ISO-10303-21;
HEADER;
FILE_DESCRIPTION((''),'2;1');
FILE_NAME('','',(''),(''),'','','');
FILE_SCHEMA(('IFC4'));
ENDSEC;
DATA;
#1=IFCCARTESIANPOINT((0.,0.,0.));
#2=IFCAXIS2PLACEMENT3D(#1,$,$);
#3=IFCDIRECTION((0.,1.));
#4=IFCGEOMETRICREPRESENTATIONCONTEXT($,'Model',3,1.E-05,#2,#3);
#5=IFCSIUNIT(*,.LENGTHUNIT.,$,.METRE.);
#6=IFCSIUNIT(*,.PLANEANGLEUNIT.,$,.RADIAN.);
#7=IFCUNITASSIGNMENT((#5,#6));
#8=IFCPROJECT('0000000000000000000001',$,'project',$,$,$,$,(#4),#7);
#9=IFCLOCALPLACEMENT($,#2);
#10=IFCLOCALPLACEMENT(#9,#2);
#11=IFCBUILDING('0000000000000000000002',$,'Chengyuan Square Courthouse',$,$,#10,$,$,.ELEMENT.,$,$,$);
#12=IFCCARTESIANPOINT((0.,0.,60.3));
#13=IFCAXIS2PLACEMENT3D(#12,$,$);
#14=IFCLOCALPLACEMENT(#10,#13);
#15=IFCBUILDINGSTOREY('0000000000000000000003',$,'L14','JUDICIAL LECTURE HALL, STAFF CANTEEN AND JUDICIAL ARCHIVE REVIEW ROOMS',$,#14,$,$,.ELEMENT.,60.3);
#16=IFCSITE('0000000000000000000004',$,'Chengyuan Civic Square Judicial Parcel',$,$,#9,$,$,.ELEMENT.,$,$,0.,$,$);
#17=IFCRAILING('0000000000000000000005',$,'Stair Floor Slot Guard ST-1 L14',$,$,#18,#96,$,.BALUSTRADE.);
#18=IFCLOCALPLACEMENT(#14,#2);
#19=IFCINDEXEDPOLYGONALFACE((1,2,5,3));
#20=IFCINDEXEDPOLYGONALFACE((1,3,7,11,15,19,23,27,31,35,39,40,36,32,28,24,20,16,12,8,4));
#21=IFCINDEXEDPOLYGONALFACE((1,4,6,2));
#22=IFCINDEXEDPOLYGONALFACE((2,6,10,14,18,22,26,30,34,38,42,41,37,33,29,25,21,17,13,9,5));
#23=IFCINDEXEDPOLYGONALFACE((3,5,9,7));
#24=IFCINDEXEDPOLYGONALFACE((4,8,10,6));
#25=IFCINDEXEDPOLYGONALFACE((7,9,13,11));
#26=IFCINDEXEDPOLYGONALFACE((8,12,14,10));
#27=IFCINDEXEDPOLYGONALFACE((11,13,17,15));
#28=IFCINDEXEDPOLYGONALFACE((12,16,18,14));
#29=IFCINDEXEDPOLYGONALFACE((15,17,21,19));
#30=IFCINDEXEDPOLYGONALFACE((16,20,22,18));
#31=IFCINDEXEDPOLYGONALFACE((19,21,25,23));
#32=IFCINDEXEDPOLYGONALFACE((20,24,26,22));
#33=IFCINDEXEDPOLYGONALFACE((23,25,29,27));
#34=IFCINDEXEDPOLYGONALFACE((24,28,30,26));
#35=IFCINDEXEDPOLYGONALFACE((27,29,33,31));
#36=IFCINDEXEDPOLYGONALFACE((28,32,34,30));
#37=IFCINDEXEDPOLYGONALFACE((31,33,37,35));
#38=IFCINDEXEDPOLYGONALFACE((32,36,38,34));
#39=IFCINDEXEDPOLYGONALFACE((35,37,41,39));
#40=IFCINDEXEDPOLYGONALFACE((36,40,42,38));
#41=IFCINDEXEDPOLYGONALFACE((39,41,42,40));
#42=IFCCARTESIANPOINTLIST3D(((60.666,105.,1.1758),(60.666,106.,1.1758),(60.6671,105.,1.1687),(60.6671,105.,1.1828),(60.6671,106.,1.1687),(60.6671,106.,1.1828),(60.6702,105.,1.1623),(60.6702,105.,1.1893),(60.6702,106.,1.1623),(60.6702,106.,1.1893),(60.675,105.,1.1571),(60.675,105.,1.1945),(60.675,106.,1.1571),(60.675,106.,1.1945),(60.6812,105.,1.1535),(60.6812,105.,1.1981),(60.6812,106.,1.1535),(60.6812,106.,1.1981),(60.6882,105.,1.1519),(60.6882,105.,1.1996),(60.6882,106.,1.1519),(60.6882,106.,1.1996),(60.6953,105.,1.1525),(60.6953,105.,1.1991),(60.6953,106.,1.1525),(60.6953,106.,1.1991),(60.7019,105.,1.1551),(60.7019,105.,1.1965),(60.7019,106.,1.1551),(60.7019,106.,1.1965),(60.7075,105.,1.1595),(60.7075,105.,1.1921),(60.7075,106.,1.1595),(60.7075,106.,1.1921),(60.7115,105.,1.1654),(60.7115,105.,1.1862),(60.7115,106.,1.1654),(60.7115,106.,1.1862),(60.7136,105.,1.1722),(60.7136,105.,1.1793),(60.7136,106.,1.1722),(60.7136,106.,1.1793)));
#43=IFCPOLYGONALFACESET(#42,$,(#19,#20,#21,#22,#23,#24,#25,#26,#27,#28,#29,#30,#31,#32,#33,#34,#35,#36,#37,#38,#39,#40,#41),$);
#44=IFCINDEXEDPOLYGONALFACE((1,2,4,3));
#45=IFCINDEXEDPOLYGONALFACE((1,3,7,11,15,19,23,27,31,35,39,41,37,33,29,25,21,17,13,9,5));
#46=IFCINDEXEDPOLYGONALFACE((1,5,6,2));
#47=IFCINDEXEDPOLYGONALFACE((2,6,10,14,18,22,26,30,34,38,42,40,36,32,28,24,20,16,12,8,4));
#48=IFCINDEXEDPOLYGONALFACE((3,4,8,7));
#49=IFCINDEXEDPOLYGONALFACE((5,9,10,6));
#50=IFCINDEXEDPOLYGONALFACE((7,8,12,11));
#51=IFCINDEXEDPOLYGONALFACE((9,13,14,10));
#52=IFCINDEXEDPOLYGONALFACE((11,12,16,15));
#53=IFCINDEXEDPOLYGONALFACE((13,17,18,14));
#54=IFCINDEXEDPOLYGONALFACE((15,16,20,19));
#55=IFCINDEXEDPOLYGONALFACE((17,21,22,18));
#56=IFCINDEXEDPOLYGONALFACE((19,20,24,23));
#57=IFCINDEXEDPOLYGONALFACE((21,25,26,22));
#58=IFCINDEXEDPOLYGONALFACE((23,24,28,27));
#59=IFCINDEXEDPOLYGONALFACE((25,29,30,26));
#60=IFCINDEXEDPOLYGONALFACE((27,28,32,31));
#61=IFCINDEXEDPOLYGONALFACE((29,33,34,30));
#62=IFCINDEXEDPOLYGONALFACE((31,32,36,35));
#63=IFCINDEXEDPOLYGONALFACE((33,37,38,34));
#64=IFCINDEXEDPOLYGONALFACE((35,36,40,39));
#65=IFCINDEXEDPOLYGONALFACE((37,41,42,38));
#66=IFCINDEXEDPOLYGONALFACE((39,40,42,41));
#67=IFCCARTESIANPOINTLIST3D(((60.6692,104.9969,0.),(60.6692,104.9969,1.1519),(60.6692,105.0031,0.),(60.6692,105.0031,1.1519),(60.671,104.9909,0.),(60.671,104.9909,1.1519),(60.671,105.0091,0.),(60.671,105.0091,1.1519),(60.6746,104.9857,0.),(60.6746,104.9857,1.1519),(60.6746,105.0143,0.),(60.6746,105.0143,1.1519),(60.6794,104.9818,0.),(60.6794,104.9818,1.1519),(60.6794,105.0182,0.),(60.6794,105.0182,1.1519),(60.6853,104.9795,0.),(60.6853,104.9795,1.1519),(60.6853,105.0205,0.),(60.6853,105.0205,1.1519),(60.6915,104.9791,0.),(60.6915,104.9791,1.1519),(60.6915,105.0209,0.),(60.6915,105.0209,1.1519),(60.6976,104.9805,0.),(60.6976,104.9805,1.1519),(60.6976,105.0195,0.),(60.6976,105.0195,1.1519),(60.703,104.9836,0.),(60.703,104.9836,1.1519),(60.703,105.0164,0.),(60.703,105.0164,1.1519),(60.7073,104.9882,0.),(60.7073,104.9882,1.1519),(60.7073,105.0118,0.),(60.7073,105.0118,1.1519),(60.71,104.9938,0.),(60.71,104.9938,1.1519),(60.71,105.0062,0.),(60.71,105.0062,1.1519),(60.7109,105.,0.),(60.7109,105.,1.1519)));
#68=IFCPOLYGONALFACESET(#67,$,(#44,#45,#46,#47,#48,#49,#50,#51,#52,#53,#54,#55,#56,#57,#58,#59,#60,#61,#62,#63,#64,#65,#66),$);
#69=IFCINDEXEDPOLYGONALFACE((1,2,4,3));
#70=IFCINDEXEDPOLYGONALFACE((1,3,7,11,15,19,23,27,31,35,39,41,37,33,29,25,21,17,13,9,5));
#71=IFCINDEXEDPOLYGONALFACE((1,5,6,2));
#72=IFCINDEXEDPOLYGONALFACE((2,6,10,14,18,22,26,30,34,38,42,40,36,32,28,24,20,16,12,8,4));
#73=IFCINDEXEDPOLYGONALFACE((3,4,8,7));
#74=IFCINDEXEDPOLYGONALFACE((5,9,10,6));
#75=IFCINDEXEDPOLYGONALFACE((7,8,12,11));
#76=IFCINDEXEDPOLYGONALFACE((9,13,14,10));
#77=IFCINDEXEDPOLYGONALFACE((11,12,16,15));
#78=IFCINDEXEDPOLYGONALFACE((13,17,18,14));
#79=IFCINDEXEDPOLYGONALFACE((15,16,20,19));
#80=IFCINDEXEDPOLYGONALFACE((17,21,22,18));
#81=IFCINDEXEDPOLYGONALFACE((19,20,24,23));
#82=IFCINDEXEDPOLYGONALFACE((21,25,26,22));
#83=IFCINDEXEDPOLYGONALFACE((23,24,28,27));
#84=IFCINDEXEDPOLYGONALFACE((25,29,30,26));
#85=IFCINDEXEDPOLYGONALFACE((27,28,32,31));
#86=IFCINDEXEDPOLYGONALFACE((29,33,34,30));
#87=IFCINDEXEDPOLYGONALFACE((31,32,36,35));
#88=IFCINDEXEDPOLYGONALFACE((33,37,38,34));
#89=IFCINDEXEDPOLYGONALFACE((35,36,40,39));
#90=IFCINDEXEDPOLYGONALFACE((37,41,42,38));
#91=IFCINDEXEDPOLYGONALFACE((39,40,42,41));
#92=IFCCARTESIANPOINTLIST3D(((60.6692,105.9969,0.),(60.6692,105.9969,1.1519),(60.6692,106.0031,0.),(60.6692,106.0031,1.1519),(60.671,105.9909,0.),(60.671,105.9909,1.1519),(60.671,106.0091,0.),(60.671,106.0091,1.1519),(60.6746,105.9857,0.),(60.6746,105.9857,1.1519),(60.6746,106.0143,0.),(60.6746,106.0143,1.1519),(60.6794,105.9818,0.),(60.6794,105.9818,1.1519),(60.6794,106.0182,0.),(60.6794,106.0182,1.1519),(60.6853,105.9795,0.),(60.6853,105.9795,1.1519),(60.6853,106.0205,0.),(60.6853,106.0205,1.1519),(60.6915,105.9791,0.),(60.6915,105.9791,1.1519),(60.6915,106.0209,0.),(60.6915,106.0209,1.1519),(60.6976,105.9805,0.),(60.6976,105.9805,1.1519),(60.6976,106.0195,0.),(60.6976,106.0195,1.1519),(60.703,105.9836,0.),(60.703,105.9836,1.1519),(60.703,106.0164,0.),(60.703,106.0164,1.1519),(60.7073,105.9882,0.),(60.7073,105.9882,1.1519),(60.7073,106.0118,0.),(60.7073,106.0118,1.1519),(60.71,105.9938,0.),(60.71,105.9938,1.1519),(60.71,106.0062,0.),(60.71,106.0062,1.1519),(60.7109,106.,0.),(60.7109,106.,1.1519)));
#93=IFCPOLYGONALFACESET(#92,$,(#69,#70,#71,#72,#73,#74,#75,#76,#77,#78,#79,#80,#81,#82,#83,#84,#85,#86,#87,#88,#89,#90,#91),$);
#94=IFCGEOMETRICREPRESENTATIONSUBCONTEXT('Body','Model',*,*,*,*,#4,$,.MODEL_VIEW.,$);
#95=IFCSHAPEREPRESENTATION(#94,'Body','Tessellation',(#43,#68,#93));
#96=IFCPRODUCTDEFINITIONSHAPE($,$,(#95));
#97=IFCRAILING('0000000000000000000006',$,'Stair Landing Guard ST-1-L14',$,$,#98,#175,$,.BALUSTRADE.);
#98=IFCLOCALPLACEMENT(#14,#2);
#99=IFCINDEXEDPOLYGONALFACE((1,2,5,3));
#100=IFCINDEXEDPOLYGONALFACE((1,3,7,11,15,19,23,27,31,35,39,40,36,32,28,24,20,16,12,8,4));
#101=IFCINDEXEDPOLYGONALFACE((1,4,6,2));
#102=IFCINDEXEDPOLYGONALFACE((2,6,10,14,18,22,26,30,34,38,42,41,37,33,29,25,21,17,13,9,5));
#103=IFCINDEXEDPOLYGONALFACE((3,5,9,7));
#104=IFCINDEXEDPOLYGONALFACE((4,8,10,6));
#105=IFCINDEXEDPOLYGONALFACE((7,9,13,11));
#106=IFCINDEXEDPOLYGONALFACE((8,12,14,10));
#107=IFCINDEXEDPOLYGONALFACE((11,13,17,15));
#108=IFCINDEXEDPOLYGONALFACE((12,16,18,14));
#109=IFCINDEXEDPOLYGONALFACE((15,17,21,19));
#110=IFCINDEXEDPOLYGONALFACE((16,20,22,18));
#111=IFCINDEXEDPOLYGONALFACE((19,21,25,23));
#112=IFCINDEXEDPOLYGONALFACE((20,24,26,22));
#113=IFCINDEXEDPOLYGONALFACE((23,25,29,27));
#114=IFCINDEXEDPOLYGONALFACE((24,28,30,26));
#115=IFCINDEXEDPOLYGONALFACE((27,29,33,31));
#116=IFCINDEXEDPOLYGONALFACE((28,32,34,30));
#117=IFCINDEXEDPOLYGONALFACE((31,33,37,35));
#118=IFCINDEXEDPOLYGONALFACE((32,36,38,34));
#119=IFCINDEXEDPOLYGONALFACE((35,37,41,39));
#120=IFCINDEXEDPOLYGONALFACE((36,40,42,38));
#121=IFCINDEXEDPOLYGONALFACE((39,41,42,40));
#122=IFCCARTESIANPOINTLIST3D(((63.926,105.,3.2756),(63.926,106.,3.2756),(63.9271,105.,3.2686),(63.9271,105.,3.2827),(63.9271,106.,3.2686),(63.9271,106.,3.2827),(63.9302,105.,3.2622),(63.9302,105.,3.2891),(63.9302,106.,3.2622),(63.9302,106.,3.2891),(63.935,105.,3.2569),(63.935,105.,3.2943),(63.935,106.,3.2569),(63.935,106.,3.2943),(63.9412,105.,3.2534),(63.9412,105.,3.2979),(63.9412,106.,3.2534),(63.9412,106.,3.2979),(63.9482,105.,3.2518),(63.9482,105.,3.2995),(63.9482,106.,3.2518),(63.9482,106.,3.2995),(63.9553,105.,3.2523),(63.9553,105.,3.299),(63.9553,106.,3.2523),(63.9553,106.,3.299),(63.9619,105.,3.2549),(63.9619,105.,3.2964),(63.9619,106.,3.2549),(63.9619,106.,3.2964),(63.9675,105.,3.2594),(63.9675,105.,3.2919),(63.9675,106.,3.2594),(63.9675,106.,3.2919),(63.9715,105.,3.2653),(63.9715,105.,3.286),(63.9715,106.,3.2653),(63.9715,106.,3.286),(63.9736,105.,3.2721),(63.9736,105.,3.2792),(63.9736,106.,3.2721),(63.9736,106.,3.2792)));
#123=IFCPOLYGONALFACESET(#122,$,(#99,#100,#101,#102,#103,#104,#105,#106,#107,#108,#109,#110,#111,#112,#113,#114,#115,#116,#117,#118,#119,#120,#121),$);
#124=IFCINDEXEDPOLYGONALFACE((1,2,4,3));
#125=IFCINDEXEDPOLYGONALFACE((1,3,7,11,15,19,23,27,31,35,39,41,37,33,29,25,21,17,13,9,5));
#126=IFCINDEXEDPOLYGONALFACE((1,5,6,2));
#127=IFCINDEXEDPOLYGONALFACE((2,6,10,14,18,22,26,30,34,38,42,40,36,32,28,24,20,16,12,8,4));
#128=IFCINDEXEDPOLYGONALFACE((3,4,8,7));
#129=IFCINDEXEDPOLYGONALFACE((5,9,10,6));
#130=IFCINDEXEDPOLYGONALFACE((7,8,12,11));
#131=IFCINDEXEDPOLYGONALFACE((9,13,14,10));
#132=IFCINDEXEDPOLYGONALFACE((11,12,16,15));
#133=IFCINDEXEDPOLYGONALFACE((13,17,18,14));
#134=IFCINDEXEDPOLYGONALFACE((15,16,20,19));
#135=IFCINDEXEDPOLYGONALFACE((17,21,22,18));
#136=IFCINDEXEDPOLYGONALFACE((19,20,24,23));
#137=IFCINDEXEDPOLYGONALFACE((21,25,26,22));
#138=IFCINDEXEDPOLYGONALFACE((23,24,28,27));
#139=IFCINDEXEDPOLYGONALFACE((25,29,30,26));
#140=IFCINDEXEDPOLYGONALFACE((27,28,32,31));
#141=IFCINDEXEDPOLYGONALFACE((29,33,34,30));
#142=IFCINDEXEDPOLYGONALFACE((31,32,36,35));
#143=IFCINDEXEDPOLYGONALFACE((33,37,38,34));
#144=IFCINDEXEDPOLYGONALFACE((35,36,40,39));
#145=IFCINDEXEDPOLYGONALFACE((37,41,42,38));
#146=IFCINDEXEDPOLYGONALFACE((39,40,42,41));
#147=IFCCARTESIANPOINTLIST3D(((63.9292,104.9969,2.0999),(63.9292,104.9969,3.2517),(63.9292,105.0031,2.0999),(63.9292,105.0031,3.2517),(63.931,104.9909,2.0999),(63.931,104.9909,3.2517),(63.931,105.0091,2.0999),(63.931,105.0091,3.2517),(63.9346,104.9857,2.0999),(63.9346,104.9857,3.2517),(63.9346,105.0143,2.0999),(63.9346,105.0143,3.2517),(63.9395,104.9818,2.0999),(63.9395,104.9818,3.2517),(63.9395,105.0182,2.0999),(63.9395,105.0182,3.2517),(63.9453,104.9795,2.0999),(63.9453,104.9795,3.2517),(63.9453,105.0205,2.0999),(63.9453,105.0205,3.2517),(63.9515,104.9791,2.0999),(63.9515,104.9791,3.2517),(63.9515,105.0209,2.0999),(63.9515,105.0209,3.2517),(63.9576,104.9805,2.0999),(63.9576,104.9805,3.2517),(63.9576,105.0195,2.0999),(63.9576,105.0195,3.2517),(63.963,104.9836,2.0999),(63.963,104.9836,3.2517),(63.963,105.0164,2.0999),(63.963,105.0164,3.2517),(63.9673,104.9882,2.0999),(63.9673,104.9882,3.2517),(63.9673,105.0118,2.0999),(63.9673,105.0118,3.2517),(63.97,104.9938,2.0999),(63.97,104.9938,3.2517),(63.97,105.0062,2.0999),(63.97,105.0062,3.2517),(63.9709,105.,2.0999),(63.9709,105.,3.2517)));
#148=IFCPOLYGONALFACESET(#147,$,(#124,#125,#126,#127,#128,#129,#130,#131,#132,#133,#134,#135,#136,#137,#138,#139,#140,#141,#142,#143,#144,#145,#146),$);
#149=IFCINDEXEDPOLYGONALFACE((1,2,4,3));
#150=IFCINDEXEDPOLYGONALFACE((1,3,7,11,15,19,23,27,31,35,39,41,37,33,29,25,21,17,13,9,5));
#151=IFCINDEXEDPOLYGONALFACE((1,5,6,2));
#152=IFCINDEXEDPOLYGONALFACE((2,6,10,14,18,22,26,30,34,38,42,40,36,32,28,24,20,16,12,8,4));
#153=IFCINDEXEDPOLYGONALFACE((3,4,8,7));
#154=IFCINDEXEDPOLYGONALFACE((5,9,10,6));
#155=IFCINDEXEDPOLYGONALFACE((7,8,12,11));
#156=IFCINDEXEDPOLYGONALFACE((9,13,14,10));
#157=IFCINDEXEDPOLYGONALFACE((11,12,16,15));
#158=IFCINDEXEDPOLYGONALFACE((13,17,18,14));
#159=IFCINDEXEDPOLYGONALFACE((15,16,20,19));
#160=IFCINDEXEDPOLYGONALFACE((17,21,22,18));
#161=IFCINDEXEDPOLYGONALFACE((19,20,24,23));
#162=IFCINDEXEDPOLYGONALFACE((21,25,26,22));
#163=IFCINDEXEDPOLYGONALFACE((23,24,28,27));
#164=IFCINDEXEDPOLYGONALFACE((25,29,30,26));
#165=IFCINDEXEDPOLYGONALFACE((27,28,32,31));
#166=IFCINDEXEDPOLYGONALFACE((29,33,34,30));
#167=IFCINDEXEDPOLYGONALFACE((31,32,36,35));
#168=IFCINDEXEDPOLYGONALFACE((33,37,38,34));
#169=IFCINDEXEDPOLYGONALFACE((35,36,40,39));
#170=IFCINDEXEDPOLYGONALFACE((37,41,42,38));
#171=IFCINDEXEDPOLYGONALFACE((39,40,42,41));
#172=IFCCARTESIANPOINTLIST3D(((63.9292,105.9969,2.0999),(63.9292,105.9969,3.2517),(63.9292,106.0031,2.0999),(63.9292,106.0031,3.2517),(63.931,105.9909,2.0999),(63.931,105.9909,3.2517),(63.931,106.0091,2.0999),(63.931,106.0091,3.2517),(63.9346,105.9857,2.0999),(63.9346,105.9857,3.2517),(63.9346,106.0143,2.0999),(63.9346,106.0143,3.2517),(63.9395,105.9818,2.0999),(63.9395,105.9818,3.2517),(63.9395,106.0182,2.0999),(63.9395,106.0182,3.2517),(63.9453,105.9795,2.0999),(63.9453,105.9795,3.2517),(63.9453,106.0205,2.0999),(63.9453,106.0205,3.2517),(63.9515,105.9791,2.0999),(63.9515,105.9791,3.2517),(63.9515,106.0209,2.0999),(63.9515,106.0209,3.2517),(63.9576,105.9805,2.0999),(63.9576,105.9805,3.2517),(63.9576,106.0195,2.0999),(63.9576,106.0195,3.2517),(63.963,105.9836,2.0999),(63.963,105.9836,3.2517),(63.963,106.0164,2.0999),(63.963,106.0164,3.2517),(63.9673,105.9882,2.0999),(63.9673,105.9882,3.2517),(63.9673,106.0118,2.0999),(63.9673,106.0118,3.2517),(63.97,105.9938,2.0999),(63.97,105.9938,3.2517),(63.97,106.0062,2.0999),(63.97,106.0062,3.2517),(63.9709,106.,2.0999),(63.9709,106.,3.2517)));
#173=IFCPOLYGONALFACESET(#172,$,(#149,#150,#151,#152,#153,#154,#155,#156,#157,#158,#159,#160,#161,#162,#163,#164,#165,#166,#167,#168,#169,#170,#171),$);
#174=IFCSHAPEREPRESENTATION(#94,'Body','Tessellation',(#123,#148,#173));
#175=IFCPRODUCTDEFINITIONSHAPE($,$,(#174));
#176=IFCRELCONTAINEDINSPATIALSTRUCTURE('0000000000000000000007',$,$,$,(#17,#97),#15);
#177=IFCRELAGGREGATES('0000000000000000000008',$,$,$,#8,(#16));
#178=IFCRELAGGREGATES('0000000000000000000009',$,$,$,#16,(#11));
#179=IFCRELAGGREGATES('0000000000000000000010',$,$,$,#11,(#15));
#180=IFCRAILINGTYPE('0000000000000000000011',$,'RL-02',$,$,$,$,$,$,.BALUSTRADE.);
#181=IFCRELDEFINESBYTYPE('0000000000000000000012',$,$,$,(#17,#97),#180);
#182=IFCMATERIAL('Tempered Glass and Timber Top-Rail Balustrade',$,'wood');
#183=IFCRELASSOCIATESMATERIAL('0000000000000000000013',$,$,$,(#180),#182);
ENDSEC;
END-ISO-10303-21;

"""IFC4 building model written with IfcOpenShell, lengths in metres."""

from ifc_helpers import new_model, si_unit, direction, frame, origin, origin_2d, place, context, subcontext, project, spatial, circle, extrude, material, type_object, element, save


model = new_model("IFC4")

# Units and contexts
model_context = context("Model", 3, precision=1e-05, world=origin(), true_north=direction((0.0, 1.0)))
body_context = subcontext(model_context, "Body", "Model", "MODEL_VIEW")
ifc_project = project(units=[si_unit("LENGTHUNIT", "METRE"), si_unit("PLANEANGLEUNIT", "RADIAN")], contexts=[model_context])

# Site, building, storey
site_placement = place(None, origin())
site = spatial("IfcSite", under=ifc_project, at=site_placement, Name="Chengyuan Civic Square Judicial Parcel", CompositionType="ELEMENT", RefElevation=0.0)
building_placement = place(site_placement, origin())
building = spatial("IfcBuilding", under=site, at=building_placement, Name="Chengyuan Square Courthouse", CompositionType="ELEMENT")
storey_placement = place(building_placement, frame((0.0, 0.0, 60.3)))
storey = spatial("IfcBuildingStorey", under=building, at=storey_placement, Name="L14", Description="JUDICIAL LECTURE HALL, STAFF CANTEEN AND JUDICIAL ARCHIVE REVIEW ROOMS", CompositionType="ELEMENT", Elevation=60.3)

# Railings
ifc_material_1 = material(Name="Tempered Glass and Timber Top-Rail Balustrade", Category="wood")
railing_type_1 = type_object("IfcRailingType", Name="RL-02", PredefinedType="BALUSTRADE", material=ifc_material_1)
for number, where, name in (
    (1, (60.6899, 105.0, 0.0), "Stair Floor Slot Guard ST-1 L14"),
    (2, (63.95, 105.0, 2.0999), "Stair Landing Guard ST-1-L14"),
):
    element("IfcRailing", number, at=place(storey_placement, frame(where)), inside=storey, type_object=railing_type_1, Name=name, PredefinedType="BALUSTRADE", context=body_context, shape_type="SweptSolid", body=[
        extrude(circle(Radius=0.0239, at=origin_2d()), frame((0.0, 0.0, 1.1758), z_axis=(0.0, 1.0, 0.0), x_axis=(-1.0, 0.0, 0.0)), (0.0, 0.0, 1.0), 1.0),
        extrude(circle(Radius=0.021, at=origin_2d()), origin(), (0.0, 0.0, 1.0), 1.1519),
        extrude(circle(Radius=0.021, at=origin_2d()), frame((0.0, 1.0, 0.0)), (0.0, 0.0, 1.0), 1.1519),
    ])

save(model, "model.ifc")
